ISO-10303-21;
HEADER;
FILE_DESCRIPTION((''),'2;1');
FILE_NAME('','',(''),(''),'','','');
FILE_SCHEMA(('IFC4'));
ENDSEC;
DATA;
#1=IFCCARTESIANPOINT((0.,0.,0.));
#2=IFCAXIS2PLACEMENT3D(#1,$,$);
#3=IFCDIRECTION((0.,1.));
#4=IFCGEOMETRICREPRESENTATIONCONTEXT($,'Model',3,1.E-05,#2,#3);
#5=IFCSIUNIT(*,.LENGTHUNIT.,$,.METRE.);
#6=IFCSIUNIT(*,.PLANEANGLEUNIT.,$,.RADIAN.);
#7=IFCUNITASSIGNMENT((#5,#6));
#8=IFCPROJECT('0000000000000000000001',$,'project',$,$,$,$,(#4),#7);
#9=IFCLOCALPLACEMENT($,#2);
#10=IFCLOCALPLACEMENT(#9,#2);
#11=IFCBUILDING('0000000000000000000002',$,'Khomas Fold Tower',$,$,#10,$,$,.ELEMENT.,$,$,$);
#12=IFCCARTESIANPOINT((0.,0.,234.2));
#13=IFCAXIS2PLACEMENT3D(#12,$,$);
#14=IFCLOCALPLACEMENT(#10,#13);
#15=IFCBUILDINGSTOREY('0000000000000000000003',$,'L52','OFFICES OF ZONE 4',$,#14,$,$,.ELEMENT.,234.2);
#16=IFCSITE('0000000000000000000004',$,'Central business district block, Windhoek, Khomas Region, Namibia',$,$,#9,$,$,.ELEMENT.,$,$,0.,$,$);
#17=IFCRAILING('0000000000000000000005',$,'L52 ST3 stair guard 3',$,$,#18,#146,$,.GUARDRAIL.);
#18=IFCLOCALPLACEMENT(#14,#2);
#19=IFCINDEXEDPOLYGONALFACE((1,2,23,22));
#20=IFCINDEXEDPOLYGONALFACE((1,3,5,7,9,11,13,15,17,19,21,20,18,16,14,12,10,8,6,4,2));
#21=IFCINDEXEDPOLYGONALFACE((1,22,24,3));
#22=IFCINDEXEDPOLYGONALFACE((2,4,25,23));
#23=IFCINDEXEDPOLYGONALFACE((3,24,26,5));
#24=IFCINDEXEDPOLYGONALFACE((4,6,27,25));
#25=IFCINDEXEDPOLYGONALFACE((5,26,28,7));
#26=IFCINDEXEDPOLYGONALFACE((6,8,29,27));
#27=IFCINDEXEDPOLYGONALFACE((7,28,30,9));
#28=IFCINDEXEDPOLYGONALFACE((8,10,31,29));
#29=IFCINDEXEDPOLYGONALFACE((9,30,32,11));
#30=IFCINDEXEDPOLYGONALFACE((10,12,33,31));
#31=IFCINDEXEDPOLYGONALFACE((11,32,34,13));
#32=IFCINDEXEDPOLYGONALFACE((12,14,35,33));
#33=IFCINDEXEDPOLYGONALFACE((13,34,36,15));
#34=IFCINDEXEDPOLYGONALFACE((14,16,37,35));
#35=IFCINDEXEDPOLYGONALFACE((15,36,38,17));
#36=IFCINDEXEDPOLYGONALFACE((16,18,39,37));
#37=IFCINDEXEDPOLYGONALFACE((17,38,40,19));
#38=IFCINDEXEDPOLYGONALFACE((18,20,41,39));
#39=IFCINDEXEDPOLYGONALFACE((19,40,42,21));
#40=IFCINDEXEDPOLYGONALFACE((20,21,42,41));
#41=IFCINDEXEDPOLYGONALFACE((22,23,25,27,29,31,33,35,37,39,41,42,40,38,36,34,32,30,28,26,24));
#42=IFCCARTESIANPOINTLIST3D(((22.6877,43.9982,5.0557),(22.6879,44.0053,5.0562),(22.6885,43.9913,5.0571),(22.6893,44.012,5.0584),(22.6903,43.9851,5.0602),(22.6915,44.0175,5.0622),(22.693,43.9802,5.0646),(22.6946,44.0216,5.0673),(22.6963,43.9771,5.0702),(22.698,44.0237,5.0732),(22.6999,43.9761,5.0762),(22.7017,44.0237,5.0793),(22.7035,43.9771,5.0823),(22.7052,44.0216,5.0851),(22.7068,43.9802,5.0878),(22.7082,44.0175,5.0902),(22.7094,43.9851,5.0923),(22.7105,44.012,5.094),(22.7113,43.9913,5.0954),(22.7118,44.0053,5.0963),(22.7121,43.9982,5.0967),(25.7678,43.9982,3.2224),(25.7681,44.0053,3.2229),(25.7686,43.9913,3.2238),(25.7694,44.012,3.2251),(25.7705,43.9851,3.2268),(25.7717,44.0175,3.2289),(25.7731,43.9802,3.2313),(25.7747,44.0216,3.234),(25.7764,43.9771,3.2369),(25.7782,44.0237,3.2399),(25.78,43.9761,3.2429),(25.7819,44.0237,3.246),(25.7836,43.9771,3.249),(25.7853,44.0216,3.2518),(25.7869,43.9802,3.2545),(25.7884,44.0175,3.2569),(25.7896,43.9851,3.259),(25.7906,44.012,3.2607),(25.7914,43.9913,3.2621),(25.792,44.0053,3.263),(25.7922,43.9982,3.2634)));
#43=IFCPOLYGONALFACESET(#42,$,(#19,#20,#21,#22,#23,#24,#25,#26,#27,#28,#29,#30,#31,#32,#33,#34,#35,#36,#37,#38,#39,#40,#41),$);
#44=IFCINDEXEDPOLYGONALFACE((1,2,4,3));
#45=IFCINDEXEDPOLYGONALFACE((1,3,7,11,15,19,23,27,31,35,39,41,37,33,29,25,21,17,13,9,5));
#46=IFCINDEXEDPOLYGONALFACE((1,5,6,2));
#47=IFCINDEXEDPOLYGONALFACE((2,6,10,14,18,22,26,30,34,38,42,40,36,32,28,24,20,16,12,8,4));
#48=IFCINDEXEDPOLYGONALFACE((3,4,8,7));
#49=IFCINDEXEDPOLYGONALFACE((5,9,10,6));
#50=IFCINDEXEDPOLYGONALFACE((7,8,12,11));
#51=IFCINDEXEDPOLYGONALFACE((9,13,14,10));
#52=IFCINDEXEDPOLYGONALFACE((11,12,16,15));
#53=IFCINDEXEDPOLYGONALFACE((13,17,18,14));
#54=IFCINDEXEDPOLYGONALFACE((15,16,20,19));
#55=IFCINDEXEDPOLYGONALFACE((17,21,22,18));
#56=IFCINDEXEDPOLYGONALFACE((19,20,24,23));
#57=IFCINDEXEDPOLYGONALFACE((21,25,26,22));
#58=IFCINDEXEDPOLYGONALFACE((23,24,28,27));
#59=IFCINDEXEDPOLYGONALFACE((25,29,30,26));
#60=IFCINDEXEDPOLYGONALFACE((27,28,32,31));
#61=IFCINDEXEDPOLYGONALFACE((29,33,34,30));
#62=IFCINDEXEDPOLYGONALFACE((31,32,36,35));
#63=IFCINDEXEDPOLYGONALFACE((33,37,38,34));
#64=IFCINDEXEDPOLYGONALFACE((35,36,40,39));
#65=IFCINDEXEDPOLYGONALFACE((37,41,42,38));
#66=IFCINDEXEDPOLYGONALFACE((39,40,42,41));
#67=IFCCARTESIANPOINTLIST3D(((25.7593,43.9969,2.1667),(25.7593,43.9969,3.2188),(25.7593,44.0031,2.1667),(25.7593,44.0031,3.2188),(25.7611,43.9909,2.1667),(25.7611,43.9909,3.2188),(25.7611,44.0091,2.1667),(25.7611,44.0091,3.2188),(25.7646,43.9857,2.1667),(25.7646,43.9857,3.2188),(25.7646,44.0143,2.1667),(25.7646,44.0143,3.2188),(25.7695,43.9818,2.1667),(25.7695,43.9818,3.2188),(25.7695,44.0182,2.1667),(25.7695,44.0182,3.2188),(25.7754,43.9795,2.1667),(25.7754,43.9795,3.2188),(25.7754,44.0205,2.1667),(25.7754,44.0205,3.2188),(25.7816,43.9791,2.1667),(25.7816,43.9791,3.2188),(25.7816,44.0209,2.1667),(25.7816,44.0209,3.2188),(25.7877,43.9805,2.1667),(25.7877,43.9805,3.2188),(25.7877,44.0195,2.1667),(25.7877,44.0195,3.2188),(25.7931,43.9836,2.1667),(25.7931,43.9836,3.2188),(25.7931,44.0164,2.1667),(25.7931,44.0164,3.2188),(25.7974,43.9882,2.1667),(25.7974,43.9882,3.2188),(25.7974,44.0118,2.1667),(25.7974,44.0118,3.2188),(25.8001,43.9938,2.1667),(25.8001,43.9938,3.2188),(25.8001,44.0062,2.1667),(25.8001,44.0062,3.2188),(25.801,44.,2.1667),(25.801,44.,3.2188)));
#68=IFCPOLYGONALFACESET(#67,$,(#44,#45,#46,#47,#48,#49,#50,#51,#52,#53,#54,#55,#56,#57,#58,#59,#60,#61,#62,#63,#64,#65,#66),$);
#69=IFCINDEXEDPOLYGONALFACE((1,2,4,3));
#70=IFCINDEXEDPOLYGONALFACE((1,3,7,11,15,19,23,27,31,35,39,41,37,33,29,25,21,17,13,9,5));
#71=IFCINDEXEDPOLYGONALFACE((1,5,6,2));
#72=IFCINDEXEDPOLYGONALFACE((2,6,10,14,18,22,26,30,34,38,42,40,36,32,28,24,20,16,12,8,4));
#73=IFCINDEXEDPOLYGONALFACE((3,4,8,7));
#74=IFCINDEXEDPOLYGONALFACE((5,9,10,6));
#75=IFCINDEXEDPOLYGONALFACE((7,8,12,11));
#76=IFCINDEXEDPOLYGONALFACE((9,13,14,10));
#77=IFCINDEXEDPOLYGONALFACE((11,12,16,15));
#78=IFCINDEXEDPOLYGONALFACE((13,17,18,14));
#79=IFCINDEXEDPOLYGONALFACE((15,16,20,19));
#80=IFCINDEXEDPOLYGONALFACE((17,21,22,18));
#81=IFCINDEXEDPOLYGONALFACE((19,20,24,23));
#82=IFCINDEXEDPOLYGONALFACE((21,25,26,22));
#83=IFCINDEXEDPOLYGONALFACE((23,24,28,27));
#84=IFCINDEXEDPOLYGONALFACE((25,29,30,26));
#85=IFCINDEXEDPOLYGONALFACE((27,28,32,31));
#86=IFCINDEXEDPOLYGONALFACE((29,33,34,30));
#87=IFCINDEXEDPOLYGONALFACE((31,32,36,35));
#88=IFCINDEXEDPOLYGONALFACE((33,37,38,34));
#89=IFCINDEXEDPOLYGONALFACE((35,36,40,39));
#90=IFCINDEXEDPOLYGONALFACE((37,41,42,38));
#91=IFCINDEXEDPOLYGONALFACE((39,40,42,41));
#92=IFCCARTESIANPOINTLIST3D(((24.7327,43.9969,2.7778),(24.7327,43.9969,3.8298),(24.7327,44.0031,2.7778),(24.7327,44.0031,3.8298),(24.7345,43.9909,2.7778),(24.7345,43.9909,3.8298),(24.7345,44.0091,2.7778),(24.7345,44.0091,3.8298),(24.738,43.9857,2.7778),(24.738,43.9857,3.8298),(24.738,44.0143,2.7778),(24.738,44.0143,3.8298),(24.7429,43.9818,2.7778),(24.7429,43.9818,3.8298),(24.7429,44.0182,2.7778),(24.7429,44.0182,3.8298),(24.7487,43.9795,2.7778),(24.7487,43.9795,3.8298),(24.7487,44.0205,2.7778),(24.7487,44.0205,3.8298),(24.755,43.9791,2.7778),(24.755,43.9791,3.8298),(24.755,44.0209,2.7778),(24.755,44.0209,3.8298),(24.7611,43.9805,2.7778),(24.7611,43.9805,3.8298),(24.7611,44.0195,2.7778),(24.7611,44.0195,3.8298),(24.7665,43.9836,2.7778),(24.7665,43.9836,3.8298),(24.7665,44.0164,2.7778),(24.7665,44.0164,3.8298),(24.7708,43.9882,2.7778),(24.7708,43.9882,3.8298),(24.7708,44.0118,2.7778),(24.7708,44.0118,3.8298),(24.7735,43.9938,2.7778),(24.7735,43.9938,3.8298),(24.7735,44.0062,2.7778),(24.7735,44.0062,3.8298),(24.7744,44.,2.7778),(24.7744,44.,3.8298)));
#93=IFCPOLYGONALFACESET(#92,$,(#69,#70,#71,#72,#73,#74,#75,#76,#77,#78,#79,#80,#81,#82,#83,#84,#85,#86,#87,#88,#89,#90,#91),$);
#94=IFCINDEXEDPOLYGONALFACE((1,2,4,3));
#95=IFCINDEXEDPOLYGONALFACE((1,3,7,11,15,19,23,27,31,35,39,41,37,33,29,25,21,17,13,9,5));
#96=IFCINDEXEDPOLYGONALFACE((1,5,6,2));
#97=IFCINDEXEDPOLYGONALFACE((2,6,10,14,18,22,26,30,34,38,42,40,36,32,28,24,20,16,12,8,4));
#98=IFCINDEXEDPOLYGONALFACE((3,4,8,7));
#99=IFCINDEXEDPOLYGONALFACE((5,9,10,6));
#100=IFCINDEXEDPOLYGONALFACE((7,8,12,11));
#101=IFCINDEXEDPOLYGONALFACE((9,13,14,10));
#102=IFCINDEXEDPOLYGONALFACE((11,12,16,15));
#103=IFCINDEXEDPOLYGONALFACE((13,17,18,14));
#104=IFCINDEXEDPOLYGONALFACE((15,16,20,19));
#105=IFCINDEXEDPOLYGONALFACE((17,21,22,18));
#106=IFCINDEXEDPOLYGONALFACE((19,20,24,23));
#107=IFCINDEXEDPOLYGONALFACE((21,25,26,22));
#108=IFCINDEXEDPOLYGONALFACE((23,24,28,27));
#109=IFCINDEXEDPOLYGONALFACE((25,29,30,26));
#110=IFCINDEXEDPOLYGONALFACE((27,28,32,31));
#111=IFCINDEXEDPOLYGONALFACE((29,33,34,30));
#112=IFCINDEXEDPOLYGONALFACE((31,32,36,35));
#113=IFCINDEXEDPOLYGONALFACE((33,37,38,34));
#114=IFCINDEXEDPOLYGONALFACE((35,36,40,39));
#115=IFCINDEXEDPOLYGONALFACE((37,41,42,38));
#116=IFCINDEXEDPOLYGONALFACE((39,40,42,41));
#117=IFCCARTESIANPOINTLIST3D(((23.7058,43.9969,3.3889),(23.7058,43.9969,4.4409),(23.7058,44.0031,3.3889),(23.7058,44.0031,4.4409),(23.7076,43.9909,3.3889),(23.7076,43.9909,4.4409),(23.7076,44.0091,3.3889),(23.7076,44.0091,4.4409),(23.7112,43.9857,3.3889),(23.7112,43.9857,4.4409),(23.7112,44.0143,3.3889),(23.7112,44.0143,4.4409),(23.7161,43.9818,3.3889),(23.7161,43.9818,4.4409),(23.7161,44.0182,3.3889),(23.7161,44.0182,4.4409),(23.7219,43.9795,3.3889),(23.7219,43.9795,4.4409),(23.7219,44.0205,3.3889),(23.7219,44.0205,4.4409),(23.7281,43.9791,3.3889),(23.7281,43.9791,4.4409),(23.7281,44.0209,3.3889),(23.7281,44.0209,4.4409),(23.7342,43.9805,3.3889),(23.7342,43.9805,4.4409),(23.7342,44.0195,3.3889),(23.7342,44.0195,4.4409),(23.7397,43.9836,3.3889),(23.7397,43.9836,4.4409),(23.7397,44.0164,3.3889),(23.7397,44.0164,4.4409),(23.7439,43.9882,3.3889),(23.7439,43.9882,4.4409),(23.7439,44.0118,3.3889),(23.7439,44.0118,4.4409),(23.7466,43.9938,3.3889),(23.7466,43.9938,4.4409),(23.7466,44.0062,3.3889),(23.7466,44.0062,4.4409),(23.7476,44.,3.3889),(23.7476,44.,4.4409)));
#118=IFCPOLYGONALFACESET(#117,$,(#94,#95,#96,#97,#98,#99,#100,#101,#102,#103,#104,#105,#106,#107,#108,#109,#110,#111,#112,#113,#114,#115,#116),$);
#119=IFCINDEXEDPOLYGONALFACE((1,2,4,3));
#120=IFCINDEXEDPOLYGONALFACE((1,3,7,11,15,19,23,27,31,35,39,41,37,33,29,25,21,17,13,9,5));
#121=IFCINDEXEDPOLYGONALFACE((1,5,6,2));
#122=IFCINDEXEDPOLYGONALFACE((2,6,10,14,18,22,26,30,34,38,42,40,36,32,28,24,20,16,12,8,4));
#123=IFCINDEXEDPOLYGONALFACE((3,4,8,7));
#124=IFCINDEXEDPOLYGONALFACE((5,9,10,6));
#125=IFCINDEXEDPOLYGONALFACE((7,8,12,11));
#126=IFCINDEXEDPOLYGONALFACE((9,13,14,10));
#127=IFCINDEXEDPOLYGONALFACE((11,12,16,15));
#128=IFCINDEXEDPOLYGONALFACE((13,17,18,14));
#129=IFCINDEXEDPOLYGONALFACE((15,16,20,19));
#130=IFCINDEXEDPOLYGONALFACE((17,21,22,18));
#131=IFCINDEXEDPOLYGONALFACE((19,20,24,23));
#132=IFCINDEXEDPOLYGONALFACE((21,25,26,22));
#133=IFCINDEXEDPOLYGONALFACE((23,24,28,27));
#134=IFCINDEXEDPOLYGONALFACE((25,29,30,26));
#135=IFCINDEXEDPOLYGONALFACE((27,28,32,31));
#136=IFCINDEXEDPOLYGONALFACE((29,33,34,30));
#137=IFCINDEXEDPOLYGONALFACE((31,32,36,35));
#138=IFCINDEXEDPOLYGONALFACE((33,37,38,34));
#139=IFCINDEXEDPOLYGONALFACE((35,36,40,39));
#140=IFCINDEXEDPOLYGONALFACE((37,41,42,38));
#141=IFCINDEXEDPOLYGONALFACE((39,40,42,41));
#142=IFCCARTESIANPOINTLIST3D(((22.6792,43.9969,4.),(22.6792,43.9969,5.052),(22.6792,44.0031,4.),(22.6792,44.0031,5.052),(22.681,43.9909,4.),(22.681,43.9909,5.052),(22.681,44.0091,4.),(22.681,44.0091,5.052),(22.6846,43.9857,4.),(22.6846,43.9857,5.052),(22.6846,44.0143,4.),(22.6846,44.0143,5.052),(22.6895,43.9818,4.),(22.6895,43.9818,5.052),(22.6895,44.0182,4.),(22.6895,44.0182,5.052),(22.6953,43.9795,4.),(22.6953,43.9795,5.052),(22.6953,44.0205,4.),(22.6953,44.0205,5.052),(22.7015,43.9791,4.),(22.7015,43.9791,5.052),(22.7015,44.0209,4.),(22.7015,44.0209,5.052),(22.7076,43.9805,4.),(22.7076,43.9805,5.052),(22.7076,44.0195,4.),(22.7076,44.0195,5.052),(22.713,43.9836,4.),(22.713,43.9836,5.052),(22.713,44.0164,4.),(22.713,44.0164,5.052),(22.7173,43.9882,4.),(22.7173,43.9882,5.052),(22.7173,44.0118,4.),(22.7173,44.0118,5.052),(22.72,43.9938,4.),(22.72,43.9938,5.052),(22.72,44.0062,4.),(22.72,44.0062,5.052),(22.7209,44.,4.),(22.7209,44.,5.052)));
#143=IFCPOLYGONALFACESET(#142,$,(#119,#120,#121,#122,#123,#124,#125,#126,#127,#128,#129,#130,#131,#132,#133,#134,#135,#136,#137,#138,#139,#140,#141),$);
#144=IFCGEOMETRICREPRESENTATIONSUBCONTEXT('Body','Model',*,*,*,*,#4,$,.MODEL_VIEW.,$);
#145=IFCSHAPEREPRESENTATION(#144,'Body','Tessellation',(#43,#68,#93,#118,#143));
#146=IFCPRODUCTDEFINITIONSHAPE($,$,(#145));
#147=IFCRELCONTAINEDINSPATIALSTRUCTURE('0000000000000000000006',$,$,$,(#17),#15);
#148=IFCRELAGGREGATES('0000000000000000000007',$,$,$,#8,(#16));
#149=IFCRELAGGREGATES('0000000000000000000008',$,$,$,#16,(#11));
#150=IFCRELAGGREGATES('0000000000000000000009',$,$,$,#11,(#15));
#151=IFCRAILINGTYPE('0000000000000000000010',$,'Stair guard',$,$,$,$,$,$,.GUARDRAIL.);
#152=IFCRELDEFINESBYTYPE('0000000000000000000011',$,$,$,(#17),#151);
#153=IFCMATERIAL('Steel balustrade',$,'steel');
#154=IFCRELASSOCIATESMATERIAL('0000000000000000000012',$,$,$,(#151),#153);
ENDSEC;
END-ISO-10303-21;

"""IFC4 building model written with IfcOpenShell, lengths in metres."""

from ifc_helpers import new_model, si_unit, direction, frame, origin, origin_2d, place, context, subcontext, project, spatial, circle, extrude, source, transform, mapped, material, type_object, element, save


model = new_model("IFC4")

# Units and contexts
model_context = context("Model", 3, precision=1e-05, world=origin(), true_north=direction((0.0, 1.0)))
body_context = subcontext(model_context, "Body", "Model", "MODEL_VIEW")
ifc_project = project(units=[si_unit("LENGTHUNIT", "METRE"), si_unit("PLANEANGLEUNIT", "RADIAN")], contexts=[model_context])

# Site, building, storey
site_placement = place(None, origin())
site = spatial("IfcSite", under=ifc_project, at=site_placement, Name="Central business district block, Windhoek, Khomas Region, Namibia", CompositionType="ELEMENT", RefElevation=0.0)
building_placement = place(site_placement, origin())
building = spatial("IfcBuilding", under=site, at=building_placement, Name="Khomas Fold Tower", CompositionType="ELEMENT")
storey_placement = place(building_placement, frame((0.0, 0.0, 234.2)))
storey = spatial("IfcBuildingStorey", under=building, at=storey_placement, Name="L52", Description="OFFICES OF ZONE 4", CompositionType="ELEMENT", Elevation=234.2)

# Railing
ifc_material_1 = material(Name="Steel balustrade", Category="steel")
railing_type_1 = type_object("IfcRailingType", Name="Stair guard", PredefinedType="GUARDRAIL", material=ifc_material_1)
shared_shape_1 = source(origin(), body_context, "Body", "SweptSolid", [
    extrude(circle(Radius=0.0239, at=origin_2d()), frame((0.0, 0.0, 1.0762), z_axis=(-0.859309, 0.0, 0.511458), x_axis=(0.0, -1.0, 0.0)), (0.0, 0.0, 1.0), 3.5845),
    extrude(circle(Radius=0.021, at=origin_2d()), origin(), (0.0, 0.0, 1.0), 1.052),
    extrude(circle(Radius=0.021, at=origin_2d()), frame((-1.0266, 0.0, 0.6111)), (0.0, 0.0, 1.0), 1.052),
    extrude(circle(Radius=0.021, at=origin_2d()), frame((-2.0535, 0.0, 1.2222)), (0.0, 0.0, 1.0), 1.052),
    extrude(circle(Radius=0.021, at=origin_2d()), frame((-3.0801, 0.0, 1.8333)), (0.0, 0.0, 1.0), 1.052),
])
railing_1_placement = place(storey_placement, frame((25.78, 44.0, 2.1667)))
element("IfcRailing", 1, at=railing_1_placement, inside=storey, type_object=railing_type_1, Name="L52 ST3 stair guard 3", PredefinedType="GUARDRAIL", context=body_context, shape_type="MappedRepresentation", body=[
    mapped(shared_shape_1, transform((0.0, 0.0, 0.0))),
])

save(model, "model.ifc")
